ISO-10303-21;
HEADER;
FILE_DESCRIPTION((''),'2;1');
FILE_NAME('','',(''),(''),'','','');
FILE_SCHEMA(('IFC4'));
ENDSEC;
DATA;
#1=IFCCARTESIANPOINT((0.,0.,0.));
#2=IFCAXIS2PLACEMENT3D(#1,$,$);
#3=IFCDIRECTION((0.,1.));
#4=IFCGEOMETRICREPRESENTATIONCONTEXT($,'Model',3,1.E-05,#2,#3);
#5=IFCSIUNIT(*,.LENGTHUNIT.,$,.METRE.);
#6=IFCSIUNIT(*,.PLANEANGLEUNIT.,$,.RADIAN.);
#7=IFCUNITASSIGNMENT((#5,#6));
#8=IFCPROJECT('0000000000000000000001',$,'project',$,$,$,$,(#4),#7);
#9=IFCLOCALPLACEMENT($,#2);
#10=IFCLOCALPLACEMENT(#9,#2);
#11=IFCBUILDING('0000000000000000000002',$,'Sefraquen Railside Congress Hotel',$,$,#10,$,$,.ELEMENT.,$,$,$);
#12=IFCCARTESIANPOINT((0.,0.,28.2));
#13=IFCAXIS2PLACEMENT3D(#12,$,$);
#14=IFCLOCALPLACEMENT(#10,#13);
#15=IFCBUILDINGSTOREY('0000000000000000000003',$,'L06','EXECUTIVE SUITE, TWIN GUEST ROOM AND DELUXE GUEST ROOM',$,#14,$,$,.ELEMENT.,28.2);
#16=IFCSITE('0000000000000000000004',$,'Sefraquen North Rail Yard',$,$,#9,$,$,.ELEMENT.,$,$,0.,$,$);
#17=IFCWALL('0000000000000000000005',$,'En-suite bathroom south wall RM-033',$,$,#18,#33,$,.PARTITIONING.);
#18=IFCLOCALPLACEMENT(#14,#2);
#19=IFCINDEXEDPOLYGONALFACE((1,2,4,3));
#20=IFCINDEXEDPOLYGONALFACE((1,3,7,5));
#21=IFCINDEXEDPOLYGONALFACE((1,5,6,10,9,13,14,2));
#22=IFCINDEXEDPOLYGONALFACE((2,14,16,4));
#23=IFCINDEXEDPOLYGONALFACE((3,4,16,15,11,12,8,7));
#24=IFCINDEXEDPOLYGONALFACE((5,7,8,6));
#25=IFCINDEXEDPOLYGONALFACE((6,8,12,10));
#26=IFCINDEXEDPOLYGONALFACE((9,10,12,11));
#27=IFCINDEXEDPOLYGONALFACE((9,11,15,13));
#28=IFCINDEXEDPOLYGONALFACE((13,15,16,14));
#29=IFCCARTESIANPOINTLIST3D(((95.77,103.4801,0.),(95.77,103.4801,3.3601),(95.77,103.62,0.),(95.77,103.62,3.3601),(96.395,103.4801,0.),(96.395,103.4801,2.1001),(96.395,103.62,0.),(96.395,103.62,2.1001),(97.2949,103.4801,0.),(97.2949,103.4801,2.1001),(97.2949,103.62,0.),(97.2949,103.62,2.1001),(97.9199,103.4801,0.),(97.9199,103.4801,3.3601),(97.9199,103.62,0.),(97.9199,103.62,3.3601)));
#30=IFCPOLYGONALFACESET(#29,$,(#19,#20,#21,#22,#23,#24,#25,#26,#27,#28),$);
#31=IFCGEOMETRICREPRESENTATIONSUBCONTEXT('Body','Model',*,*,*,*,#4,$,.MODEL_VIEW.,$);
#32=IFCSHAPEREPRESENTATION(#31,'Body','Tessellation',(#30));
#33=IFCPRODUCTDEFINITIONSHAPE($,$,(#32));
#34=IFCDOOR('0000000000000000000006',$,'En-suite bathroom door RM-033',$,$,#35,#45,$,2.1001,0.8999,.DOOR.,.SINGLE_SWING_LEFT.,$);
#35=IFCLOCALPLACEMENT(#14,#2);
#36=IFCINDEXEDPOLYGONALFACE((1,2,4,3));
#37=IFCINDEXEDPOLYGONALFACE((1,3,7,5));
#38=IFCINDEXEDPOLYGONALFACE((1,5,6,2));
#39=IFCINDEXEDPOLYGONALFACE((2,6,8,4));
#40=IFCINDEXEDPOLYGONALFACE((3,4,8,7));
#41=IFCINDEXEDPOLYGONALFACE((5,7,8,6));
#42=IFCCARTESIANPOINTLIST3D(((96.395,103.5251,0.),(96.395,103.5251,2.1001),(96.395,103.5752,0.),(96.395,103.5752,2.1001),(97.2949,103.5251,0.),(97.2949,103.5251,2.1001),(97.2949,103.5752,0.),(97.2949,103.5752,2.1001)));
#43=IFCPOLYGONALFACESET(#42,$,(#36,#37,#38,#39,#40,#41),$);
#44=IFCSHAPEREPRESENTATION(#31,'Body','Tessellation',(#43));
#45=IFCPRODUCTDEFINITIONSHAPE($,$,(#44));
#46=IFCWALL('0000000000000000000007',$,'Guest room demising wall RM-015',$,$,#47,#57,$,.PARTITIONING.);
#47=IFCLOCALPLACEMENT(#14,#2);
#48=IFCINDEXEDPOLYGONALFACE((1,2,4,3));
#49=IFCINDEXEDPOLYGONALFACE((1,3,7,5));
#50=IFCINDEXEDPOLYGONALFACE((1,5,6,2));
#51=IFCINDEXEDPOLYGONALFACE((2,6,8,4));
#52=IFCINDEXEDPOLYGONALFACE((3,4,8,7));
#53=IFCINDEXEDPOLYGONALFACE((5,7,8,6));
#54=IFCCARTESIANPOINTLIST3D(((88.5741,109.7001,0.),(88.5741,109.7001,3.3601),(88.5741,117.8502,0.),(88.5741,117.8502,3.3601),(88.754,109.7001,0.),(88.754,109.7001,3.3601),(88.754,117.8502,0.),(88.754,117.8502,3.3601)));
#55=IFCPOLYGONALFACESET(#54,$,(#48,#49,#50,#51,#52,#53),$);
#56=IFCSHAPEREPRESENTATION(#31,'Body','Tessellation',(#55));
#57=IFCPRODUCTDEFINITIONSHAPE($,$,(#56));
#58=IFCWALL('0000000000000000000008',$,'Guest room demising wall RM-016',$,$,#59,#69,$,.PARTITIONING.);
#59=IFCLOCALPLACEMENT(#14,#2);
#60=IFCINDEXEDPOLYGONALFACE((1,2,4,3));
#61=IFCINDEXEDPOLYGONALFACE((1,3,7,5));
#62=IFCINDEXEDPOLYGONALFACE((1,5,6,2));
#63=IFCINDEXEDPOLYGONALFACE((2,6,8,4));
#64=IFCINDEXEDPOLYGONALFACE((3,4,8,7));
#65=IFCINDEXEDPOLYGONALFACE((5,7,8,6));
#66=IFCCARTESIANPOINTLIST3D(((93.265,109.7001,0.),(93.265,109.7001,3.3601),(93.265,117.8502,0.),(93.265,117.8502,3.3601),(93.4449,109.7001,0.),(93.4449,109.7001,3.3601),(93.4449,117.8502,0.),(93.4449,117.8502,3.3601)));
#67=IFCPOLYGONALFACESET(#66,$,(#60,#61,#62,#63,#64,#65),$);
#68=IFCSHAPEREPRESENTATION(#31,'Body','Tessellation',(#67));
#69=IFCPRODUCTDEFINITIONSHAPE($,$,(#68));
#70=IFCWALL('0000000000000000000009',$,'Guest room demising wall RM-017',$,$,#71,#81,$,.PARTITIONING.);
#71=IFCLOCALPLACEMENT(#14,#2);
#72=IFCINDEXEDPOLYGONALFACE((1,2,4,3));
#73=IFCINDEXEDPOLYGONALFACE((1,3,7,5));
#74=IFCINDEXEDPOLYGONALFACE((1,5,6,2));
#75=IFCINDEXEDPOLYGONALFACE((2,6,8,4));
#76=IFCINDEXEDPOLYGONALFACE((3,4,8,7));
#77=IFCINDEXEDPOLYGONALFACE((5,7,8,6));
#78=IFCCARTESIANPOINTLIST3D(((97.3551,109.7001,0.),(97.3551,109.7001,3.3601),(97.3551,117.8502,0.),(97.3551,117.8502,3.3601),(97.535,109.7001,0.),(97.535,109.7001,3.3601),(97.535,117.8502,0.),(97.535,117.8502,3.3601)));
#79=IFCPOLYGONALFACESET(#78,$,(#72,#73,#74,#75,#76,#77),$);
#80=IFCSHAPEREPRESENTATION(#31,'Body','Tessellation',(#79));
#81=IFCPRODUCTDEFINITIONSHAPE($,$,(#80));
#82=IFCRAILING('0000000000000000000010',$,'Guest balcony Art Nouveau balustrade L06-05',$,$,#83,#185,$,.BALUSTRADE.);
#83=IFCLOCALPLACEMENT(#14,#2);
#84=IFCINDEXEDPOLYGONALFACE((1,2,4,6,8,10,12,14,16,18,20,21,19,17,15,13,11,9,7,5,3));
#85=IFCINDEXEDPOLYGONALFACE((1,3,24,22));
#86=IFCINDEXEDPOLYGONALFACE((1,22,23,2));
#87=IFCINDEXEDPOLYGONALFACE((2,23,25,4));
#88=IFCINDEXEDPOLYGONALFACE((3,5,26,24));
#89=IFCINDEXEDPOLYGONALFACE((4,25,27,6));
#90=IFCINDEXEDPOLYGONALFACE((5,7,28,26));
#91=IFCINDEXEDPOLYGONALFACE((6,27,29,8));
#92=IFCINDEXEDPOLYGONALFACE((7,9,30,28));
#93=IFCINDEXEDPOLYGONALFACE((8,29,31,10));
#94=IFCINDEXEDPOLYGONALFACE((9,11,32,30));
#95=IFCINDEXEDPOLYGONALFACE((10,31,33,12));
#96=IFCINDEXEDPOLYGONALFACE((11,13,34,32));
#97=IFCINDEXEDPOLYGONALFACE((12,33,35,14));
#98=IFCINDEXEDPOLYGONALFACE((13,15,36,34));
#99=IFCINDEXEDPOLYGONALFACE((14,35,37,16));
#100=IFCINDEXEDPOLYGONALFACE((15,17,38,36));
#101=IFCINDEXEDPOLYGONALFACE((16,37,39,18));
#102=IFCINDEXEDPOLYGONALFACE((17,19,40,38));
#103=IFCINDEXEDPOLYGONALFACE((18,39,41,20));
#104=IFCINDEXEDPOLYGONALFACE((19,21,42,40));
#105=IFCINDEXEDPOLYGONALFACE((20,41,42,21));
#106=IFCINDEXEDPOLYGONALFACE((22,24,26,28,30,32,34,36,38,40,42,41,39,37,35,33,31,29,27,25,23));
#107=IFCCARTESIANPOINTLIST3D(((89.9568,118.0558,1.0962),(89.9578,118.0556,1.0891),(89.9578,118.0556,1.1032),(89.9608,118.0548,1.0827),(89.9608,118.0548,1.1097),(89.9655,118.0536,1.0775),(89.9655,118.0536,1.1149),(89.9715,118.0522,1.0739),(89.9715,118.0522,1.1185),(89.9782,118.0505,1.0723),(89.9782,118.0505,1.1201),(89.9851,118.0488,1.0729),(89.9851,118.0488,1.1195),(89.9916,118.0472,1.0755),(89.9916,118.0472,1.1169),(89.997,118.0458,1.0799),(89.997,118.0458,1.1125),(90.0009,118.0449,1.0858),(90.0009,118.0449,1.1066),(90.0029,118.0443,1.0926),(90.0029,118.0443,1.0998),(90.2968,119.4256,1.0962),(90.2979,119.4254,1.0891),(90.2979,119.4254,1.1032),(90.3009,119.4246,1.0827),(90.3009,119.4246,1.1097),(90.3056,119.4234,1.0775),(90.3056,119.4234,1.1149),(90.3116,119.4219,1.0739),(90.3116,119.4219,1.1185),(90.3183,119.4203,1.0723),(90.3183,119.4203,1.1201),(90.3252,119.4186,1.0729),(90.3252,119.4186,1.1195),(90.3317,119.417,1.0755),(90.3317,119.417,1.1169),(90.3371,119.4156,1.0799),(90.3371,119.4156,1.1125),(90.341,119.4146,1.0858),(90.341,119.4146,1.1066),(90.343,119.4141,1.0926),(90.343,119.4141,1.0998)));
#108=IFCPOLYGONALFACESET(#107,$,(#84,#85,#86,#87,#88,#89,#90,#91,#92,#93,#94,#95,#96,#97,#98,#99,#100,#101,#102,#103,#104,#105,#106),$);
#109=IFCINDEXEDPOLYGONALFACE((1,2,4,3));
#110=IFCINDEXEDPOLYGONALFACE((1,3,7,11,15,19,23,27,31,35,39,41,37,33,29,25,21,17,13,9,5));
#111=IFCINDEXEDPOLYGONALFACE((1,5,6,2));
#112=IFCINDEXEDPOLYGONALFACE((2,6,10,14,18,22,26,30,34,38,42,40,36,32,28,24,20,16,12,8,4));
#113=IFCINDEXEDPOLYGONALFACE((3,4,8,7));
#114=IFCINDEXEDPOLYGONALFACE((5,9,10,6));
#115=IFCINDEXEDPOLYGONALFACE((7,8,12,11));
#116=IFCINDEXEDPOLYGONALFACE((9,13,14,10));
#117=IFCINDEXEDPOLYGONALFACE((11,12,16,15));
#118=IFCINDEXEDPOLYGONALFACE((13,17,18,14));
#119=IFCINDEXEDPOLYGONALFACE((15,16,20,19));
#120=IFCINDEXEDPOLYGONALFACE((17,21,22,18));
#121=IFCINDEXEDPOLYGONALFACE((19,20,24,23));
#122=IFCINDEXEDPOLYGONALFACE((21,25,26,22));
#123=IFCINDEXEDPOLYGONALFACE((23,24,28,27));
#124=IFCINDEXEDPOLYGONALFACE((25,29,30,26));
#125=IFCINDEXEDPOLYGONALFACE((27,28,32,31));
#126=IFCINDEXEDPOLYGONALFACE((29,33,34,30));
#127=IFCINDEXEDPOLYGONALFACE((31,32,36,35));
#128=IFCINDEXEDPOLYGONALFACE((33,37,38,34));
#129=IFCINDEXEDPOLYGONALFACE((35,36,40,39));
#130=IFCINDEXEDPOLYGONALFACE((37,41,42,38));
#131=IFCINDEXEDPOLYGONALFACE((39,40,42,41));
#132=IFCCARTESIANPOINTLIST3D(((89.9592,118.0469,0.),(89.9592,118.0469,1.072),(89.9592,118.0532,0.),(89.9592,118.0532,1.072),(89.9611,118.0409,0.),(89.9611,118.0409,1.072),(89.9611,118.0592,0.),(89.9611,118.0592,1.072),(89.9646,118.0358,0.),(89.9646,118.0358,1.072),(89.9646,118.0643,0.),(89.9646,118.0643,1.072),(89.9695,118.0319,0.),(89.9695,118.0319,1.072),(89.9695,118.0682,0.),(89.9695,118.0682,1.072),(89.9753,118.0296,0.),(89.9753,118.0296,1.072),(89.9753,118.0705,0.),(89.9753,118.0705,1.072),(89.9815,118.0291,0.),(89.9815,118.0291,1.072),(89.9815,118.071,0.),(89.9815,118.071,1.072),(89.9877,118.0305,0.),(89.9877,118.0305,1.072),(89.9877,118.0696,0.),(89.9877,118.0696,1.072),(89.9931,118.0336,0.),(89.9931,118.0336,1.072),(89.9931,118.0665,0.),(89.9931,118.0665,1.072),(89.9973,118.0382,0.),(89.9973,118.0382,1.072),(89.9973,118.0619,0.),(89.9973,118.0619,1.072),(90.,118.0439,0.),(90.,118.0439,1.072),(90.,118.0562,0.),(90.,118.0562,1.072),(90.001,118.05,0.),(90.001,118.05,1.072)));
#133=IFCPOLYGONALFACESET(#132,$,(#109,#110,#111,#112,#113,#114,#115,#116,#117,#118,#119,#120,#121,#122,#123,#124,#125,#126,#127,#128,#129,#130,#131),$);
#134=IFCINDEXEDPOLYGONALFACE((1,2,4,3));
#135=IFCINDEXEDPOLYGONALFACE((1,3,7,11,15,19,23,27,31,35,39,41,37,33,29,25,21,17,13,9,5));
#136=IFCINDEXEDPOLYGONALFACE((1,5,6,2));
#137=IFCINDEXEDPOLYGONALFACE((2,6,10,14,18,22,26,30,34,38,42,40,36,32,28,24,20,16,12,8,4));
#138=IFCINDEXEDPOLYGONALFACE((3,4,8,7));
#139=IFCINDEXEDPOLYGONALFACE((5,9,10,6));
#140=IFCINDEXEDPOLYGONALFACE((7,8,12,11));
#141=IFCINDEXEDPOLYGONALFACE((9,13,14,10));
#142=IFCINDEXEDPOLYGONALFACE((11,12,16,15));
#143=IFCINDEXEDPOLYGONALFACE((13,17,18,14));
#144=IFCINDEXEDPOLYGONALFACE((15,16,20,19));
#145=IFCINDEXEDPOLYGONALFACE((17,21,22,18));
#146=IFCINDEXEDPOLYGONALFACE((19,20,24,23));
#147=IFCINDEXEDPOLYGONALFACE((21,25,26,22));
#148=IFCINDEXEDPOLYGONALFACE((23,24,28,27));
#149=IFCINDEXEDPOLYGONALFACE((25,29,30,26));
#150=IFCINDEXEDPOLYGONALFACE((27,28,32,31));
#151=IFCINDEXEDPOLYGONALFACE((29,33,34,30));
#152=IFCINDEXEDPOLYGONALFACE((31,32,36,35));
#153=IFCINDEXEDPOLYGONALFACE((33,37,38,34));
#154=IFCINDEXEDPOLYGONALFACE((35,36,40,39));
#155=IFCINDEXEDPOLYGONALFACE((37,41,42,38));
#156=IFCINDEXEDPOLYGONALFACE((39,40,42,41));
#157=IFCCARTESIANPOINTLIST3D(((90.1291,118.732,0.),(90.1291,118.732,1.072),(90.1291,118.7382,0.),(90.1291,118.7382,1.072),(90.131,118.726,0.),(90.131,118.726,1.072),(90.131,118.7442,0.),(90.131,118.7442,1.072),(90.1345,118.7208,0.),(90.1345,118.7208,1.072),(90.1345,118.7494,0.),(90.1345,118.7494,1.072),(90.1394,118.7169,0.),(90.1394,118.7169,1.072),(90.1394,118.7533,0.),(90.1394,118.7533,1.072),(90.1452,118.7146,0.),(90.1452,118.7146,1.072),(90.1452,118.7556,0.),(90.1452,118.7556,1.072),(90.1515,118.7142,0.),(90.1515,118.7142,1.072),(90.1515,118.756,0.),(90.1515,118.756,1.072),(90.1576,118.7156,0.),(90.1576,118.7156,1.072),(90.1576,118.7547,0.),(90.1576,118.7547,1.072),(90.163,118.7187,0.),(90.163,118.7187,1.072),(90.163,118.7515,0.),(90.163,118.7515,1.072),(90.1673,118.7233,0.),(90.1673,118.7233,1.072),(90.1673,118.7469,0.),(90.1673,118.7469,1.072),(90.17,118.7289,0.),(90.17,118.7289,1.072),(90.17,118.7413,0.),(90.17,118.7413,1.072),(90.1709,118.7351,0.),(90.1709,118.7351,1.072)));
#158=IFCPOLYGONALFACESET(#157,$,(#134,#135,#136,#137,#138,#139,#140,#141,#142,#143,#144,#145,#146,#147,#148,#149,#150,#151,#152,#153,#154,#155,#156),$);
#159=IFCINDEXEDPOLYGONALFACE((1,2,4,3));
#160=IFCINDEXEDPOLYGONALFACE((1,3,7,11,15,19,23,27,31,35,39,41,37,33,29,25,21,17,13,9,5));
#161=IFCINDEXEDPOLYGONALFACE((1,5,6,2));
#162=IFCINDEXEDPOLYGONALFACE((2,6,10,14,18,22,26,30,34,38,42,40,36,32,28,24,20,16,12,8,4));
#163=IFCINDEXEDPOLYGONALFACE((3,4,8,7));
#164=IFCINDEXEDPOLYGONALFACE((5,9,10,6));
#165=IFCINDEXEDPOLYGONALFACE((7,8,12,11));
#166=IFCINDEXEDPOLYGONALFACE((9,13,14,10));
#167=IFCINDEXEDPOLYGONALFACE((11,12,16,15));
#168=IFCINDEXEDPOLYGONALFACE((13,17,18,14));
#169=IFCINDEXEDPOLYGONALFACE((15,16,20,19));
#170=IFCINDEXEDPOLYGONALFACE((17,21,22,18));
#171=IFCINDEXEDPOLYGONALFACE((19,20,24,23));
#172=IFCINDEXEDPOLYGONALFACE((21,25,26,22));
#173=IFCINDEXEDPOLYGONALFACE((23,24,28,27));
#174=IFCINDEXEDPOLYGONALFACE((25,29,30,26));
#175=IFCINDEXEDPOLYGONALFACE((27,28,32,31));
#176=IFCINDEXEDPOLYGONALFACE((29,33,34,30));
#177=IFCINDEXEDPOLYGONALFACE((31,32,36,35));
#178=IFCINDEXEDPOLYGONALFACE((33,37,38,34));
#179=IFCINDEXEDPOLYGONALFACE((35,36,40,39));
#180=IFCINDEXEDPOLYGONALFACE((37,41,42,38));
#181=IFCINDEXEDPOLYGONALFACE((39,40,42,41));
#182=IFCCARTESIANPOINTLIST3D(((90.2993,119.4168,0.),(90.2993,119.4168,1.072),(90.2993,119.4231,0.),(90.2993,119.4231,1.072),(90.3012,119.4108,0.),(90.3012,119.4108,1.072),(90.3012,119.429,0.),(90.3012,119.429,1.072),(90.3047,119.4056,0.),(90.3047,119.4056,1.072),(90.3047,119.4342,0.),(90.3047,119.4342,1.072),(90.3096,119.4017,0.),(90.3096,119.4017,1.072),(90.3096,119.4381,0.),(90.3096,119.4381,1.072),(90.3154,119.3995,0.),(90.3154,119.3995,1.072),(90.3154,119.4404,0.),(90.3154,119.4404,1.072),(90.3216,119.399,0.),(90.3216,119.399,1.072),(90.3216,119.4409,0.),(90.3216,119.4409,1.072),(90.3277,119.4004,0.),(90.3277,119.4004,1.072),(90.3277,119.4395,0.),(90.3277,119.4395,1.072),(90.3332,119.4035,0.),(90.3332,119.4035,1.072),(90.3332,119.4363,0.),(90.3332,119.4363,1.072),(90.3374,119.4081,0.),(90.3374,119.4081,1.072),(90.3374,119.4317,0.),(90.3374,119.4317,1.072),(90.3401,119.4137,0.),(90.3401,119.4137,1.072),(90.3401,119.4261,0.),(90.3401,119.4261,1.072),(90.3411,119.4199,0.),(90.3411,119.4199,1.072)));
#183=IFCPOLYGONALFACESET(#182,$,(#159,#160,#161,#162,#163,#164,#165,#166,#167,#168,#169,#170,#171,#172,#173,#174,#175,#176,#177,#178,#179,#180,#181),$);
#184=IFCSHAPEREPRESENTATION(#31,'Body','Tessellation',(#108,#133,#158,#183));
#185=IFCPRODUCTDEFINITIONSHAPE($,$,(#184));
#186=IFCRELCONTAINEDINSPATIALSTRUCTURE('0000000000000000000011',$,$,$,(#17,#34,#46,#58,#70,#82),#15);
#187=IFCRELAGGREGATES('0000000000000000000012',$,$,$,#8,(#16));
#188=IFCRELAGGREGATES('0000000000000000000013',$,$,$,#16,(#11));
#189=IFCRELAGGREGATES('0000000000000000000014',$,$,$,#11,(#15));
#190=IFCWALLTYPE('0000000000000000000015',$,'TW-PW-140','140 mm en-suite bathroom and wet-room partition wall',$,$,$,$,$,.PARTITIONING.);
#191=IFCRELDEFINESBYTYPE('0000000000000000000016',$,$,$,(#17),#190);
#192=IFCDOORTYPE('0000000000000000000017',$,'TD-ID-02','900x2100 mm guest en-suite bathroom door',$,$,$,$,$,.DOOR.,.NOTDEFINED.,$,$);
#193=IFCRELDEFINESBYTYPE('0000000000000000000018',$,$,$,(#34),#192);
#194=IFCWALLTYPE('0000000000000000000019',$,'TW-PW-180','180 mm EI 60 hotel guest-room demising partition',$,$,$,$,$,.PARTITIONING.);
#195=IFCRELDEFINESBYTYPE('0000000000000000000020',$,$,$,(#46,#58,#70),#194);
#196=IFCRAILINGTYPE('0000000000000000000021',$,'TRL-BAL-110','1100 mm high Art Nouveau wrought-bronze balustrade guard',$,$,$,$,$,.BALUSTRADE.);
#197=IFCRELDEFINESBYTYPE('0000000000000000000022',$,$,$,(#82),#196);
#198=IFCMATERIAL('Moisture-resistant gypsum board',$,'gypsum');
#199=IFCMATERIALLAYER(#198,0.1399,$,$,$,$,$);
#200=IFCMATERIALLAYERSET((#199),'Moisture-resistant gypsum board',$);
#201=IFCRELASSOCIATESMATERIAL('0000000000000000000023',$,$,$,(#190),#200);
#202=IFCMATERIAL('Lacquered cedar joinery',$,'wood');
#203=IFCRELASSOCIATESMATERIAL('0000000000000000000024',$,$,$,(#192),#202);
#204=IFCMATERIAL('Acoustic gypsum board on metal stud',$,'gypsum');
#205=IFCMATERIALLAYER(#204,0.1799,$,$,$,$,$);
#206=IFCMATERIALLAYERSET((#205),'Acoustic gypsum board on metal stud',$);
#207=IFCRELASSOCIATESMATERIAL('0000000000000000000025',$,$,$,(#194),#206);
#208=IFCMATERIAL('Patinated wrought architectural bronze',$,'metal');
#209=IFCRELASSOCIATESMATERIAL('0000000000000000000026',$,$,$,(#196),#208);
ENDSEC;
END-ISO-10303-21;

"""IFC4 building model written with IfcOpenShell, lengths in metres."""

from ifc_helpers import new_model, si_unit, direction, frame, frame_2d, origin, origin_2d, place, context, subcontext, project, spatial, rectangle, circle, extrude, material, layer, layer_set, type_object, element, fill, save


model = new_model("IFC4")

# Units and contexts
model_context = context("Model", 3, precision=1e-05, world=origin(), true_north=direction((0.0, 1.0)))
body_context = subcontext(model_context, "Body", "Model", "MODEL_VIEW")
ifc_project = project(units=[si_unit("LENGTHUNIT", "METRE"), si_unit("PLANEANGLEUNIT", "RADIAN")], contexts=[model_context])

# Site, building, storey
site_placement = place(None, origin())
site = spatial("IfcSite", under=ifc_project, at=site_placement, Name="Sefraquen North Rail Yard", CompositionType="ELEMENT", RefElevation=0.0)
building_placement = place(site_placement, origin())
building = spatial("IfcBuilding", under=site, at=building_placement, Name="Sefraquen Railside Congress Hotel", CompositionType="ELEMENT")
storey_placement = place(building_placement, frame((0.0, 0.0, 28.2)))
storey = spatial("IfcBuildingStorey", under=building, at=storey_placement, Name="L06", Description="EXECUTIVE SUITE, TWIN GUEST ROOM AND DELUXE GUEST ROOM", CompositionType="ELEMENT", Elevation=28.2)

# Shared definitions
ifc_material_1 = material(Name="Moisture-resistant gypsum board", Category="gypsum")
ifc_layer_1 = layer(ifc_material_1, 0.1399)
ifc_layer_set_1 = layer_set([ifc_layer_1], Name="Moisture-resistant gypsum board")
wall_type_1 = type_object("IfcWallType", Name="TW-PW-140", Description="140 mm en-suite bathroom and wet-room partition wall", PredefinedType="PARTITIONING", material=ifc_layer_set_1)

# Shared definitions
ifc_material_2 = material(Name="Lacquered cedar joinery", Category="wood")
door_type = type_object("IfcDoorType", Name="TD-ID-02", Description="900x2100 mm guest en-suite bathroom door", OperationType="NOTDEFINED", PredefinedType="DOOR", material=ifc_material_2)

# Wall, opening, door
wall_1_placement = place(storey_placement, frame((95.77, 103.55, 0.0), z_axis=(0.0, 0.0, 1.0), x_axis=(1.0, 0.0, 0.0)))
wall_1 = element("IfcWall", 1, at=wall_1_placement, inside=storey, type_object=wall_type_1, Name="En-suite bathroom south wall RM-033", PredefinedType="PARTITIONING", context=body_context, shape_type="SweptSolid", body=[
    extrude(rectangle(XDim=2.1499, YDim=0.1399, at=frame_2d((1.075, 0.0))), origin(), (0.0, 0.0, 1.0), 3.3601),
])
opening_1_placement = place(wall_1_placement, frame((0.625, 0.0, 0.0)))
opening_1 = element("IfcOpeningElement", 2, at=opening_1_placement, cuts=wall_1, PredefinedType="OPENING", context=body_context, shape_type="SweptSolid", body=[
    extrude(rectangle(XDim=0.8999, YDim=2.1001, at=frame_2d((0.45, 1.05))), frame((0.0, 0.0798, 0.0), z_axis=(0.0, -1.0, 0.0), x_axis=(1.0, 0.0, 0.0)), (0.0, 0.0, 1.0), 0.1599),
])
door_1_placement = place(opening_1_placement, frame((0.8999, 0.0, 0.0), z_axis=(0.0, 0.0, 1.0), x_axis=(-1.0, 0.0, 0.0)))
door_1 = element("IfcDoor", 3, at=door_1_placement, inside=storey, type_object=door_type, Name="En-suite bathroom door RM-033", OperationType="SINGLE_SWING_LEFT", OverallHeight=2.1001, OverallWidth=0.8999, PredefinedType="DOOR", context=body_context, shape_type="SweptSolid", body=[
    extrude(rectangle(XDim=0.8999, YDim=2.1001, at=frame_2d((0.45, 1.05))), frame((0.0, 0.0249, 0.0), z_axis=(0.0, -1.0, 0.0), x_axis=(1.0, 0.0, 0.0)), (0.0, 0.0, 1.0), 0.05),
])
fill(opening_1, door_1)

# Walls
ifc_material_3 = material(Name="Acoustic gypsum board on metal stud", Category="gypsum")
ifc_layer_2 = layer(ifc_material_3, 0.1799)
ifc_layer_set_2 = layer_set([ifc_layer_2], Name="Acoustic gypsum board on metal stud")
wall_type_2 = type_object("IfcWallType", Name="TW-PW-180", Description="180 mm EI 60 hotel guest-room demising partition", PredefinedType="PARTITIONING", material=ifc_layer_set_2)
for number, where, z_axis, x_axis, name in (
    (4, (88.6641, 109.7, 0.0), (0.0, 0.0, 1.0), (0.0, 1.0, 0.0), "Guest room demising wall RM-015"),
    (5, (93.355, 109.7, 0.0), (0.0, 0.0, 1.0), (0.0, 1.0, 0.0), "Guest room demising wall RM-016"),
    (6, (97.4451, 109.7, 0.0), (0.0, 0.0, 1.0), (0.0, 1.0, 0.0), "Guest room demising wall RM-017"),
):
    element("IfcWall", number, at=place(storey_placement, frame(where, z_axis=z_axis, x_axis=x_axis)), inside=storey, type_object=wall_type_2, Name=name, PredefinedType="PARTITIONING", context=body_context, shape_type="SweptSolid", body=[
        extrude(rectangle(XDim=8.1501, YDim=0.1799, at=frame_2d((4.0752, 0.0))), origin(), (0.0, 0.0, 1.0), 3.3601),
    ])

# Railing
ifc_material_4 = material(Name="Patinated wrought architectural bronze", Category="metal")
railing_type = type_object("IfcRailingType", Name="TRL-BAL-110", Description="1100 mm high Art Nouveau wrought-bronze balustrade guard", PredefinedType="BALUSTRADE", material=ifc_material_4)
railing_1_placement = place(storey_placement, frame((89.98, 118.05, 0.0)))
element("IfcRailing", 7, at=railing_1_placement, inside=storey, type_object=railing_type, Name="Guest balcony Art Nouveau balustrade L06-05", PredefinedType="BALUSTRADE", context=body_context, shape_type="SweptSolid", body=[
    extrude(circle(Radius=0.0239, at=origin_2d()), frame((0.0, 0.0, 1.0962), z_axis=(0.240948, 0.970538, 0.0), x_axis=(-0.970538, 0.240948, 0.0)), (0.0, 0.0, 1.0), 1.4114),
    extrude(circle(Radius=0.021, at=origin_2d()), origin(), (0.0, 0.0, 1.0), 1.072),
    extrude(circle(Radius=0.021, at=origin_2d()), frame((0.1699, 0.6851, 0.0)), (0.0, 0.0, 1.0), 1.072),
    extrude(circle(Radius=0.021, at=origin_2d()), frame((0.3401, 1.3699, 0.0)), (0.0, 0.0, 1.0), 1.072),
])

save(model, "model.ifc")
